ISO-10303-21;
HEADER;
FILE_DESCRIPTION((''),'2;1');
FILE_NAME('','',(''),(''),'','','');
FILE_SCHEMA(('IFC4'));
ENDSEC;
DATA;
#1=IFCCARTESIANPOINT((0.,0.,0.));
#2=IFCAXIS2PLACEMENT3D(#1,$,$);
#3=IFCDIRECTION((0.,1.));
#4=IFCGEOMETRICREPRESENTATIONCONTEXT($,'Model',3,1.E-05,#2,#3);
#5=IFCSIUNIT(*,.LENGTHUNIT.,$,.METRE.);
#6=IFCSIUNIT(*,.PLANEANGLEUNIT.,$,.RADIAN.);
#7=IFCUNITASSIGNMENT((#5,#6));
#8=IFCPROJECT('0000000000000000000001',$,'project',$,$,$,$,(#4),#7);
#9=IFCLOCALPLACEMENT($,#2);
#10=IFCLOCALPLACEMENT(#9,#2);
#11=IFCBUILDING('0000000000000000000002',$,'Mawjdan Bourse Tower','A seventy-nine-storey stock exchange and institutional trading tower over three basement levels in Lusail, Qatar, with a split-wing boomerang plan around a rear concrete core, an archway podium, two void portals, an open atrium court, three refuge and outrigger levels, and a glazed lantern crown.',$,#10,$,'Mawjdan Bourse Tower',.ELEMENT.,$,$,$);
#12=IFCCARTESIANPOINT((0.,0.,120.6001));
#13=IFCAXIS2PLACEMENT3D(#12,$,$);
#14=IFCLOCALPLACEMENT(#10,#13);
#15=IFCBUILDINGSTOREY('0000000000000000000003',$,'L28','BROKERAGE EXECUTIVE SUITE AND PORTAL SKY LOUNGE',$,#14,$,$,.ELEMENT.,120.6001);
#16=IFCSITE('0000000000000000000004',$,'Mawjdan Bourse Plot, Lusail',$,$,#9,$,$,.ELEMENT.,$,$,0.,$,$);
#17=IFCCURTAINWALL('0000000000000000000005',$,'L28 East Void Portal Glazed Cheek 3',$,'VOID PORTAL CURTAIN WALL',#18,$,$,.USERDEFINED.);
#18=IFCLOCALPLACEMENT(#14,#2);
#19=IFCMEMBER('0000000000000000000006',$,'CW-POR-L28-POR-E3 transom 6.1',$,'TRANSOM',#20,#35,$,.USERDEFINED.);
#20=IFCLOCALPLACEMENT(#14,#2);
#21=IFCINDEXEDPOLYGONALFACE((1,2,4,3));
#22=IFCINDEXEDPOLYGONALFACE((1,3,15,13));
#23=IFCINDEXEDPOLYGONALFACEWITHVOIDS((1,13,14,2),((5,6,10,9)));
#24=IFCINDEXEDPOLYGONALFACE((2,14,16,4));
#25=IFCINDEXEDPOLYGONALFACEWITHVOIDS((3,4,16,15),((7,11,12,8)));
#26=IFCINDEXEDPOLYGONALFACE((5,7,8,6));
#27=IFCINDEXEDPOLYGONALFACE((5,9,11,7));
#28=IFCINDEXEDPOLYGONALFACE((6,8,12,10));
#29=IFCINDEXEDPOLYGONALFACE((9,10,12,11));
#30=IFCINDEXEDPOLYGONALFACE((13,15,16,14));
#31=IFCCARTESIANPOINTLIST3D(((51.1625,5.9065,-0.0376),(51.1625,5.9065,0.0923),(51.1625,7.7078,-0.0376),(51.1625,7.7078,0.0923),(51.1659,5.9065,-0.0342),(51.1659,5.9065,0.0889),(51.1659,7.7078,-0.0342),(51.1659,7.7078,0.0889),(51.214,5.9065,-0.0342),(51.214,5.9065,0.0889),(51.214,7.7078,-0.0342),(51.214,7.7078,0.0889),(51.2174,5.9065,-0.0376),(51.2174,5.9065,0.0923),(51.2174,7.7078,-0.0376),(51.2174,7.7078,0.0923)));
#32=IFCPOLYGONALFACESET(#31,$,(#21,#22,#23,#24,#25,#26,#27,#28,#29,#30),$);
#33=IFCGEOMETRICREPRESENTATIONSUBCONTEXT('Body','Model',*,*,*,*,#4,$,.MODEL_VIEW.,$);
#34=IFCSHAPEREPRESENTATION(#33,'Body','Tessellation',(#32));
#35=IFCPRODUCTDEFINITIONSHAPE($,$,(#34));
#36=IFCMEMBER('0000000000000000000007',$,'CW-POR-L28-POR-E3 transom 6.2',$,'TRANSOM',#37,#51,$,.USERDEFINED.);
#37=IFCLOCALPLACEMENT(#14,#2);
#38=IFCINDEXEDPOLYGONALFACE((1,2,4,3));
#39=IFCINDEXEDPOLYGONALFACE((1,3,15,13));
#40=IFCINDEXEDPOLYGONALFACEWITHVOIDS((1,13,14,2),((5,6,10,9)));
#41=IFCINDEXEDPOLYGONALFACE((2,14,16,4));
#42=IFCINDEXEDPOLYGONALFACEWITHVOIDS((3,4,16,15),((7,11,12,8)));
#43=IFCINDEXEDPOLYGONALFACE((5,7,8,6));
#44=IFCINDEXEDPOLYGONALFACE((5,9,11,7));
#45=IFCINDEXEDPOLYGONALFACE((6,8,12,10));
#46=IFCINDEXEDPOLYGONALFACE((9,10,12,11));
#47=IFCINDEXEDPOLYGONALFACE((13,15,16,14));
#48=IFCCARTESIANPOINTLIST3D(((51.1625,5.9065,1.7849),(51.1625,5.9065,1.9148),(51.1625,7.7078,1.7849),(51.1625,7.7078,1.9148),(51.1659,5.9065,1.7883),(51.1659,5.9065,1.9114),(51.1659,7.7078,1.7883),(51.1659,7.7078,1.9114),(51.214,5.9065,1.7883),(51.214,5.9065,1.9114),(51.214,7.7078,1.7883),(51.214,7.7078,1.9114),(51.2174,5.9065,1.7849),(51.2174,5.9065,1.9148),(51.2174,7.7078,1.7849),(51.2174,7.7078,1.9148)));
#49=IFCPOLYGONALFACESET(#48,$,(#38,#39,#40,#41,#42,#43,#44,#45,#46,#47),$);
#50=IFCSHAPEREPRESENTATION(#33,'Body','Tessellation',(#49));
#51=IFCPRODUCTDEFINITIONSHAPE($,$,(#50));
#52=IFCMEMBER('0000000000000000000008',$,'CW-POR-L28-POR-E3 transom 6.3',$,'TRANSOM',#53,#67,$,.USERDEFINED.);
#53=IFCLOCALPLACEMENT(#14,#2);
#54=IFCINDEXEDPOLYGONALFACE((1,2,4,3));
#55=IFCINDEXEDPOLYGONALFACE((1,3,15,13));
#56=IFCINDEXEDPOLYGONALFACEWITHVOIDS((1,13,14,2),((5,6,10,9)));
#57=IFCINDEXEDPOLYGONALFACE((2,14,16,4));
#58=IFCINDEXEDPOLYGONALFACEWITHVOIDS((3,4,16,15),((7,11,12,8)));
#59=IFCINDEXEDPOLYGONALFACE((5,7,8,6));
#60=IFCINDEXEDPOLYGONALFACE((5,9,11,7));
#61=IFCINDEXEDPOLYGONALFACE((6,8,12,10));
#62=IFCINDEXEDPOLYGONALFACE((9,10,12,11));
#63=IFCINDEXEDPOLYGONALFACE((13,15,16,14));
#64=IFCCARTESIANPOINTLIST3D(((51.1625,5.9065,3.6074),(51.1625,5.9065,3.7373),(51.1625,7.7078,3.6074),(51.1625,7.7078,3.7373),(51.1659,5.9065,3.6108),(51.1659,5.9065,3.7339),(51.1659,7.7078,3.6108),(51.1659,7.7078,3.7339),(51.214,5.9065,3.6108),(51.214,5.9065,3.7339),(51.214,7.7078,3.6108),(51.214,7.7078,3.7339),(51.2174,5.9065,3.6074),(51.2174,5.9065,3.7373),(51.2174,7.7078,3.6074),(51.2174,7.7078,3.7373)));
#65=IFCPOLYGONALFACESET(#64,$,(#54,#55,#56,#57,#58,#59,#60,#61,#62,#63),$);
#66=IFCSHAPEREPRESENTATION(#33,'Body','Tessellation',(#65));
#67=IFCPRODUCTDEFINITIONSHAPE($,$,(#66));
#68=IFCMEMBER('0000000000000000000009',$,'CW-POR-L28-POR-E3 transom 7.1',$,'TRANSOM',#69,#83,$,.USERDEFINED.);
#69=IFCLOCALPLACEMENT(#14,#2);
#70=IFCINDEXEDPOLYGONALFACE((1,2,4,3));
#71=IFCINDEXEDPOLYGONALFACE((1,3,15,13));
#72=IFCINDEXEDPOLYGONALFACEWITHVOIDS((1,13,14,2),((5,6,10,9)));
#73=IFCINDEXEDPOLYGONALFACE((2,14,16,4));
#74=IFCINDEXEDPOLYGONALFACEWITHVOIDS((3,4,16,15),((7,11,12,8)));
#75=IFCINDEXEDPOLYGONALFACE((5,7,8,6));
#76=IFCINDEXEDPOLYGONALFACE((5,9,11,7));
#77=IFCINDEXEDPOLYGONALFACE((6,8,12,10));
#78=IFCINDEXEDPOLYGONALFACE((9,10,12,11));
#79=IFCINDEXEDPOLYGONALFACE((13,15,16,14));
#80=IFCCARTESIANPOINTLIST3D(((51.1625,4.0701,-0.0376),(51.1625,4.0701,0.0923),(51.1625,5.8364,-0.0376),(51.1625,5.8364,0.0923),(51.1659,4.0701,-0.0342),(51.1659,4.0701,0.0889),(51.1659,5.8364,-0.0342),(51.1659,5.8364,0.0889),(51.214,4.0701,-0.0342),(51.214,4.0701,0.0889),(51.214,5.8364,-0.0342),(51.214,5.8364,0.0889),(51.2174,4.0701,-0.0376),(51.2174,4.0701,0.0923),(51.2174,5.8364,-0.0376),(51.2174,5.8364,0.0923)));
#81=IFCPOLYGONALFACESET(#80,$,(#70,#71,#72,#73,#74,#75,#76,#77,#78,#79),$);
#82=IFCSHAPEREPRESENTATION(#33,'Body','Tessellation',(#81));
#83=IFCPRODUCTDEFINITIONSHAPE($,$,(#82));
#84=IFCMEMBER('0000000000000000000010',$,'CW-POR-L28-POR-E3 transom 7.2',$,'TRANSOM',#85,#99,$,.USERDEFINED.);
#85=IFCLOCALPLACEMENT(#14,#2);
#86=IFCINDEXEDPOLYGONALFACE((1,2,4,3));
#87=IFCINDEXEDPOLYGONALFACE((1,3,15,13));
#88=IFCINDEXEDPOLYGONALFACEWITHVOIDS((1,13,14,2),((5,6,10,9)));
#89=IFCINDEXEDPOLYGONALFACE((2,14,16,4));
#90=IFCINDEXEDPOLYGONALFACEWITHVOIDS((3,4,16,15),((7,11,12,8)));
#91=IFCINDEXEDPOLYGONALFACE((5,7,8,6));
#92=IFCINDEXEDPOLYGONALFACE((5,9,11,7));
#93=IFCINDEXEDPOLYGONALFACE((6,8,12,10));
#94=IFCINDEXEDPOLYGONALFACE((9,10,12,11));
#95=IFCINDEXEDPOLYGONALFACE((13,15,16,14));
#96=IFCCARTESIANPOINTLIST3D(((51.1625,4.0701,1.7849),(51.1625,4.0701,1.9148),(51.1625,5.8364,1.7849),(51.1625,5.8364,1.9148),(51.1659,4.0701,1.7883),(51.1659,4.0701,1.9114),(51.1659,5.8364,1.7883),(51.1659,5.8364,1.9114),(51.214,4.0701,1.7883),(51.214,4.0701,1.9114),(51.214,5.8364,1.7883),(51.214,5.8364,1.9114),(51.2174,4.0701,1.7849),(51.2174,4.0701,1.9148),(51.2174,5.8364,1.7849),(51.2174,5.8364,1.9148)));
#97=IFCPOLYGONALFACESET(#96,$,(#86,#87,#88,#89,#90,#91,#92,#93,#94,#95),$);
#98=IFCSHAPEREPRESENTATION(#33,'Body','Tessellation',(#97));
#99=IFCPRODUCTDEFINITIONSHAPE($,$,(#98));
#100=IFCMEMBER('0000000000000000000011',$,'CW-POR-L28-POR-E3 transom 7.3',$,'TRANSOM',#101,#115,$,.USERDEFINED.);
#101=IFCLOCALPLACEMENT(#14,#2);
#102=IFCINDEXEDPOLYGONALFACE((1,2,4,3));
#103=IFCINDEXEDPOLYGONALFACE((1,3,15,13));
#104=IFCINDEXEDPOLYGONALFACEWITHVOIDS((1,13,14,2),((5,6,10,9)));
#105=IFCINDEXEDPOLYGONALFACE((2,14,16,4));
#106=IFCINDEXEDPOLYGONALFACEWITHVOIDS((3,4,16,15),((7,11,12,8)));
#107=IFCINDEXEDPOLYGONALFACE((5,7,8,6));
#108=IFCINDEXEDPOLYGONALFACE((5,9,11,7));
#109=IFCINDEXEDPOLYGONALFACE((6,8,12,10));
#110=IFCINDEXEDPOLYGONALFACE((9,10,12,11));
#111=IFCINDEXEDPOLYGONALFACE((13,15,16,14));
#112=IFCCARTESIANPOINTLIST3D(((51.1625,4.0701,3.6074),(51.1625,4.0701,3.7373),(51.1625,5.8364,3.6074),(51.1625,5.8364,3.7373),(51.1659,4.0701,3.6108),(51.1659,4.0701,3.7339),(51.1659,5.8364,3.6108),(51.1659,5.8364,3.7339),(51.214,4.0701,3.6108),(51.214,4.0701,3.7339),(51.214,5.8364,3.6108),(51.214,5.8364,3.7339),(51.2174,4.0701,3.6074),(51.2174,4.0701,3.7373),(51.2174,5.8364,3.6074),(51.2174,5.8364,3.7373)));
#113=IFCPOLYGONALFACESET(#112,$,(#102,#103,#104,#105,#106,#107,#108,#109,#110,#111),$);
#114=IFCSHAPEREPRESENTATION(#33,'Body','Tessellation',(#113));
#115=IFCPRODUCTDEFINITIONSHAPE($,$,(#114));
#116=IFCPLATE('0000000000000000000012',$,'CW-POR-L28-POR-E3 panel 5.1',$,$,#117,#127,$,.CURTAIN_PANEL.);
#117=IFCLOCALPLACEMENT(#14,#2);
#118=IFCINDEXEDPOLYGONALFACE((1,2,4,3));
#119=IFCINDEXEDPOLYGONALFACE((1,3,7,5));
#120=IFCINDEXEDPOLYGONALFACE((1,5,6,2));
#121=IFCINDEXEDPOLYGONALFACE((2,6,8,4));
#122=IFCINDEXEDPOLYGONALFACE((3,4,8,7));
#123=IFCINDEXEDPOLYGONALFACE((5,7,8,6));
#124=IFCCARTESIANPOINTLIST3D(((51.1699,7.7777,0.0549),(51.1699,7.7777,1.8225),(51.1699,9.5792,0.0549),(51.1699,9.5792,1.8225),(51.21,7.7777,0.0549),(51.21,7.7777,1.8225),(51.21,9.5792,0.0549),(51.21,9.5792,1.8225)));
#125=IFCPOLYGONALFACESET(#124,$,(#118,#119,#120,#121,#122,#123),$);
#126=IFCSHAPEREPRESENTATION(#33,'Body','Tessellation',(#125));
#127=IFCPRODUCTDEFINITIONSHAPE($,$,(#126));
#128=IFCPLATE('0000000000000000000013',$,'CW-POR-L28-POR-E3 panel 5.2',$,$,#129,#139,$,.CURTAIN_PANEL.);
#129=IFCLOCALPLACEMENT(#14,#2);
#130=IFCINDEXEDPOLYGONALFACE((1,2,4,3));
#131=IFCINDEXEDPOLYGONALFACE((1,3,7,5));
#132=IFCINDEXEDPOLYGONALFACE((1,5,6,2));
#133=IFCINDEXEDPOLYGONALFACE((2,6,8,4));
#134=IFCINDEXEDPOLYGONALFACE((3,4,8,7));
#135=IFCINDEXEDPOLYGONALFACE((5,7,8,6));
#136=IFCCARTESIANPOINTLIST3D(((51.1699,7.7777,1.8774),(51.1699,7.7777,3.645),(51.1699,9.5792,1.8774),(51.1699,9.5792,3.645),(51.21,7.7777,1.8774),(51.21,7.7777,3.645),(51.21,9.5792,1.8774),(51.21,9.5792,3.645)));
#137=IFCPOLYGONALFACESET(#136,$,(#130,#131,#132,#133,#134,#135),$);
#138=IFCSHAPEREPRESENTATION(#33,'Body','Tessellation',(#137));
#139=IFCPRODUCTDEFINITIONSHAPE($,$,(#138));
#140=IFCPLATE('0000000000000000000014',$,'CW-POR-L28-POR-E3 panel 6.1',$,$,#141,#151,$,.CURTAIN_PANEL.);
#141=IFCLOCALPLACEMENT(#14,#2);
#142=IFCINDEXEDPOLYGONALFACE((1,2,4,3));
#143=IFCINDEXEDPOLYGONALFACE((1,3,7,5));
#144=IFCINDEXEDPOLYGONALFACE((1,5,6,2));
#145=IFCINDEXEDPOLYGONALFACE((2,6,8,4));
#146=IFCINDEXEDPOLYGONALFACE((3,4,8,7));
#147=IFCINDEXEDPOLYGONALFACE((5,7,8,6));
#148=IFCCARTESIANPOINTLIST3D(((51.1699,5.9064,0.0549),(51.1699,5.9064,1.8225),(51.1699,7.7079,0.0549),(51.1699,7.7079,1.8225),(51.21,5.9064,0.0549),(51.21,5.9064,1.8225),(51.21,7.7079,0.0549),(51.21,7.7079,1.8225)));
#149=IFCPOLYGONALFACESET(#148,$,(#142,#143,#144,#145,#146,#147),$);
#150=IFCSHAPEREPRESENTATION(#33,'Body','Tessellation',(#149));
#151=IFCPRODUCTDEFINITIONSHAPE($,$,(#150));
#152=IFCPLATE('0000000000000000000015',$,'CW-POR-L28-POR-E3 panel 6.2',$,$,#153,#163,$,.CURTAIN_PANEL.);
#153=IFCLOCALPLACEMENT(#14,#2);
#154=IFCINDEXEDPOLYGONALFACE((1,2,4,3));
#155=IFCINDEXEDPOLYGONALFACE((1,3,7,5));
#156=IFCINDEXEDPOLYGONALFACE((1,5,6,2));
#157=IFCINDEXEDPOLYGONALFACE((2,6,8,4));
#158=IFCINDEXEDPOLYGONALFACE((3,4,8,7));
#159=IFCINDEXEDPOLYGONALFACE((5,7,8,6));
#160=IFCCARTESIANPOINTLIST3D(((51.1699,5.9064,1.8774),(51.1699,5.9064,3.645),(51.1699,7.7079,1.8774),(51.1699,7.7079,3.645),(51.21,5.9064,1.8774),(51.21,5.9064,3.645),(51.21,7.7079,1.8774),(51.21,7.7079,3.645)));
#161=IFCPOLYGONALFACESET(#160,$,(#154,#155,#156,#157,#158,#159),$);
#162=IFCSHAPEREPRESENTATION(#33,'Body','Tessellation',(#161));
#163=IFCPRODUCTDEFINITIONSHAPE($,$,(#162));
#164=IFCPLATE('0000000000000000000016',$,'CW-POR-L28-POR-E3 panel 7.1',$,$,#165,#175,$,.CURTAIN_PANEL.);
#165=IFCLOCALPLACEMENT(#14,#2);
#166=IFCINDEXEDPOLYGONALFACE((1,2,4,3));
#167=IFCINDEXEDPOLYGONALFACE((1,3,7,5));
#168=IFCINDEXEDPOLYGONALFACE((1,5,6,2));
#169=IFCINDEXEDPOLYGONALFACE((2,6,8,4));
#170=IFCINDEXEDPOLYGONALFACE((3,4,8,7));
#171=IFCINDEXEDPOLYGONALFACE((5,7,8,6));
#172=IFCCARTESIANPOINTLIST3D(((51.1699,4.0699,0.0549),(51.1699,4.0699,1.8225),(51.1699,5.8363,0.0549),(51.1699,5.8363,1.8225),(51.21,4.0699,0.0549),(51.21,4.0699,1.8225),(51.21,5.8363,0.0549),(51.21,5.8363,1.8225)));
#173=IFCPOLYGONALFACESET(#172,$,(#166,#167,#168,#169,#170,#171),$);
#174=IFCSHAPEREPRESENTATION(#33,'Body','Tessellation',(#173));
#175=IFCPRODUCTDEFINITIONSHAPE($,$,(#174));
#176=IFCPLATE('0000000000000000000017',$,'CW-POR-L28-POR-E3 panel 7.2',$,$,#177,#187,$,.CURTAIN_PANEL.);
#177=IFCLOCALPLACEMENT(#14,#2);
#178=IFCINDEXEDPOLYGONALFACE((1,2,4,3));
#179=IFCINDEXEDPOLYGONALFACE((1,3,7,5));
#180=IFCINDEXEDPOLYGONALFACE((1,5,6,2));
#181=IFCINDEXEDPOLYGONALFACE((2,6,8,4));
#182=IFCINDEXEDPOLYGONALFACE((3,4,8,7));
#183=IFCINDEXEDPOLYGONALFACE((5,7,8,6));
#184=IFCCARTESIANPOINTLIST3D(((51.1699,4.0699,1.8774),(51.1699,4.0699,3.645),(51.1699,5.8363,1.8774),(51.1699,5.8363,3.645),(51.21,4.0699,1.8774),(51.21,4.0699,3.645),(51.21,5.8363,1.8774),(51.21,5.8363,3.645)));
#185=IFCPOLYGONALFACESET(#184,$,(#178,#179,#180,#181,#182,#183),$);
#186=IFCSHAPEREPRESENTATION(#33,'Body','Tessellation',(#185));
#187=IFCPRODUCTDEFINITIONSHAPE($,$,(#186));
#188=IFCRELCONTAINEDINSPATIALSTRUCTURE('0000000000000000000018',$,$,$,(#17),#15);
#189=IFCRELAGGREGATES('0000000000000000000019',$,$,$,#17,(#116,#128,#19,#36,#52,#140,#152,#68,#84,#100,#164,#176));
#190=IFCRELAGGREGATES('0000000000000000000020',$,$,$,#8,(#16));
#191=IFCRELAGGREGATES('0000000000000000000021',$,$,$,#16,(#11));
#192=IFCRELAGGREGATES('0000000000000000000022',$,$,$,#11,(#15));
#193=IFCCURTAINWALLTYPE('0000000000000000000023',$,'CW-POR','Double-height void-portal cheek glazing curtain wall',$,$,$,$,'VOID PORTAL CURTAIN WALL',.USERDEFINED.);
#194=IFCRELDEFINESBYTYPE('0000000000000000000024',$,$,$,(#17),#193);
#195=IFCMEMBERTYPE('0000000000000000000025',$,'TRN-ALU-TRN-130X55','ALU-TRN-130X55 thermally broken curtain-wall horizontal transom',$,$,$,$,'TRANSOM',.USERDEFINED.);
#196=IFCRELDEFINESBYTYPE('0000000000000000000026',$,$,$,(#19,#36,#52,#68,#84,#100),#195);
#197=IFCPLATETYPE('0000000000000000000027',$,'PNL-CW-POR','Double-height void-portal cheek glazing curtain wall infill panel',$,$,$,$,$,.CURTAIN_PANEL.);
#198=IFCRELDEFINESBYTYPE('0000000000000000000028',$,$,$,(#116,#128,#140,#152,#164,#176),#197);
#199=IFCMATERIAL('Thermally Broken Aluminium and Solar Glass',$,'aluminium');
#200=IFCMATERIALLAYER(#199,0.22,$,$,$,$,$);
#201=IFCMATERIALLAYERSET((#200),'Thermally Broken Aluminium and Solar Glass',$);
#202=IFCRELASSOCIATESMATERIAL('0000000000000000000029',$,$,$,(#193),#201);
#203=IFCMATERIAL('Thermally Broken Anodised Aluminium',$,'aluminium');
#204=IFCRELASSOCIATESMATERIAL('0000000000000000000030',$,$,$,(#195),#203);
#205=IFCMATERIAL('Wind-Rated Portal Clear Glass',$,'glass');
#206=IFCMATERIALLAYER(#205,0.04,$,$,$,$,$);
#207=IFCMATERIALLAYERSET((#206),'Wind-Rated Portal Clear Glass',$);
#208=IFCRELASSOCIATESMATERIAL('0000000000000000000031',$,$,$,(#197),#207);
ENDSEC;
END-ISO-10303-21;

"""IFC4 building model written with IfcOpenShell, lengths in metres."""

from ifc_helpers import new_model, si_unit, direction, frame, origin, origin_2d, place, context, subcontext, project, spatial, rectangle, hollow_rectangle, extrude, material, layer, layer_set, material_profile, profile_set, type_object, element, aggregate, save


model = new_model("IFC4")

# Units and contexts
model_context = context("Model", 3, precision=1e-05, world=origin(), true_north=direction((0.0, 1.0)))
body_context = subcontext(model_context, "Body", "Model", "MODEL_VIEW")
ifc_project = project(units=[si_unit("LENGTHUNIT", "METRE"), si_unit("PLANEANGLEUNIT", "RADIAN")], contexts=[model_context])

# Site, building, storey
site_placement = place(None, origin())
site = spatial("IfcSite", under=ifc_project, at=site_placement, Name="Mawjdan Bourse Plot, Lusail", CompositionType="ELEMENT", RefElevation=0.0)
building_placement = place(site_placement, origin())
building = spatial("IfcBuilding", under=site, at=building_placement, Name="Mawjdan Bourse Tower", Description="A seventy-nine-storey stock exchange and institutional trading tower over three basement levels in Lusail, Qatar, with a split-wing boomerang plan around a rear concrete core, an archway podium, two void portals, an open atrium court, three refuge and outrigger levels, and a glazed lantern crown.", LongName="Mawjdan Bourse Tower", CompositionType="ELEMENT")
storey_placement = place(building_placement, frame((0.0, 0.0, 120.6001)))
storey = spatial("IfcBuildingStorey", under=building, at=storey_placement, Name="L28", Description="BROKERAGE EXECUTIVE SUITE AND PORTAL SKY LOUNGE", CompositionType="ELEMENT", Elevation=120.6001)

# Curtain wall, members, plates
ifc_material_1 = material(Name="Thermally Broken Aluminium and Solar Glass", Category="aluminium")
ifc_layer_1 = layer(ifc_material_1, 0.22)
ifc_layer_set_1 = layer_set([ifc_layer_1], Name="Thermally Broken Aluminium and Solar Glass")
curtain_wall_type = type_object("IfcCurtainWallType", Name="CW-POR", Description="Double-height void-portal cheek glazing curtain wall", ElementType="VOID PORTAL CURTAIN WALL", PredefinedType="USERDEFINED", material=ifc_layer_set_1)
curtain_wall_placement = place(storey_placement, origin())
curtain_wall = element("IfcCurtainWall", 1, at=curtain_wall_placement, inside=storey, type_object=curtain_wall_type, Name="L28 East Void Portal Glazed Cheek 3", ObjectType="VOID PORTAL CURTAIN WALL", PredefinedType="USERDEFINED")
ifc_material_2 = material(Name="Thermally Broken Anodised Aluminium", Category="aluminium")
ifc_material_profile_1 = material_profile(ifc_material_2, hollow_rectangle(XDim=0.0549, YDim=0.1299, WallThickness=0.0034, at=origin_2d()), Name="ALU-TRN-130X55")
ifc_profile_set_1 = profile_set([ifc_material_profile_1], Name="Thermally Broken Anodised Aluminium")
member_type_1 = type_object("IfcMemberType", Name="TRN-ALU-TRN-130X55", Description="ALU-TRN-130X55 thermally broken curtain-wall horizontal transom", ElementType="TRANSOM", PredefinedType="USERDEFINED", material=ifc_profile_set_1)
member_1_placement = place(storey_placement, frame((51.1899, 7.7078, 0.0273), z_axis=(0.0, -1.0, 0.0), x_axis=(1.0, 0.0, 0.0)))
member_1 = element("IfcMember", 2, at=member_1_placement, type_object=member_type_1, Name="CW-POR-L28-POR-E3 transom 6.1", ObjectType="TRANSOM", PredefinedType="USERDEFINED", context=body_context, shape_type="SweptSolid", body=[
    extrude(hollow_rectangle(XDim=0.0549, YDim=0.1299, WallThickness=0.0034, at=origin_2d()), origin(), (0.0, 0.0, 1.0), 1.8013),
])
member_2_placement = place(storey_placement, frame((51.1899, 7.7078, 1.8499), z_axis=(0.0, -1.0, 0.0), x_axis=(1.0, 0.0, 0.0)))
member_2 = element("IfcMember", 3, at=member_2_placement, type_object=member_type_1, Name="CW-POR-L28-POR-E3 transom 6.2", ObjectType="TRANSOM", PredefinedType="USERDEFINED", context=body_context, shape_type="SweptSolid", body=[
    extrude(hollow_rectangle(XDim=0.0549, YDim=0.1299, WallThickness=0.0034, at=origin_2d()), origin(), (0.0, 0.0, 1.0), 1.8013),
])
member_3_placement = place(storey_placement, frame((51.1899, 7.7078, 3.6724), z_axis=(0.0, -1.0, 0.0), x_axis=(1.0, 0.0, 0.0)))
member_3 = element("IfcMember", 4, at=member_3_placement, type_object=member_type_1, Name="CW-POR-L28-POR-E3 transom 6.3", ObjectType="TRANSOM", PredefinedType="USERDEFINED", context=body_context, shape_type="SweptSolid", body=[
    extrude(hollow_rectangle(XDim=0.0549, YDim=0.1299, WallThickness=0.0034, at=origin_2d()), origin(), (0.0, 0.0, 1.0), 1.8013),
])
member_4_placement = place(storey_placement, frame((51.1899, 5.8364, 0.0273), z_axis=(0.0, -1.0, 0.0), x_axis=(1.0, 0.0, 0.0)))
member_4 = element("IfcMember", 5, at=member_4_placement, type_object=member_type_1, Name="CW-POR-L28-POR-E3 transom 7.1", ObjectType="TRANSOM", PredefinedType="USERDEFINED", context=body_context, shape_type="SweptSolid", body=[
    extrude(hollow_rectangle(XDim=0.0549, YDim=0.1299, WallThickness=0.0034, at=origin_2d()), origin(), (0.0, 0.0, 1.0), 1.7664),
])
member_5_placement = place(storey_placement, frame((51.1899, 5.8364, 1.8499), z_axis=(0.0, -1.0, 0.0), x_axis=(1.0, 0.0, 0.0)))
member_5 = element("IfcMember", 6, at=member_5_placement, type_object=member_type_1, Name="CW-POR-L28-POR-E3 transom 7.2", ObjectType="TRANSOM", PredefinedType="USERDEFINED", context=body_context, shape_type="SweptSolid", body=[
    extrude(hollow_rectangle(XDim=0.0549, YDim=0.1299, WallThickness=0.0034, at=origin_2d()), origin(), (0.0, 0.0, 1.0), 1.7664),
])
member_6_placement = place(storey_placement, frame((51.1899, 5.8364, 3.6724), z_axis=(0.0, -1.0, 0.0), x_axis=(1.0, 0.0, 0.0)))
member_6 = element("IfcMember", 7, at=member_6_placement, type_object=member_type_1, Name="CW-POR-L28-POR-E3 transom 7.3", ObjectType="TRANSOM", PredefinedType="USERDEFINED", context=body_context, shape_type="SweptSolid", body=[
    extrude(hollow_rectangle(XDim=0.0549, YDim=0.1299, WallThickness=0.0034, at=origin_2d()), origin(), (0.0, 0.0, 1.0), 1.7664),
])
ifc_material_3 = material(Name="Wind-Rated Portal Clear Glass", Category="glass")
ifc_layer_2 = layer(ifc_material_3, 0.04)
ifc_layer_set_2 = layer_set([ifc_layer_2], Name="Wind-Rated Portal Clear Glass")
plate_type = type_object("IfcPlateType", Name="PNL-CW-POR", Description="Double-height void-portal cheek glazing curtain wall infill panel", PredefinedType="CURTAIN_PANEL", material=ifc_layer_set_2)
plate_1_placement = place(storey_placement, frame((51.1899, 8.6785, 0.0549), z_axis=(0.0, 0.0, 1.0), x_axis=(0.0, -1.0, 0.0)))
plate_1 = element("IfcPlate", 8, at=plate_1_placement, type_object=plate_type, Name="CW-POR-L28-POR-E3 panel 5.1", PredefinedType="CURTAIN_PANEL", context=body_context, shape_type="SweptSolid", body=[
    extrude(rectangle(XDim=1.8015, YDim=0.04, at=origin_2d()), origin(), (0.0, 0.0, 1.0), 1.7676),
])
plate_2_placement = place(storey_placement, frame((51.1899, 8.6785, 1.8774), z_axis=(0.0, 0.0, 1.0), x_axis=(0.0, -1.0, 0.0)))
plate_2 = element("IfcPlate", 9, at=plate_2_placement, type_object=plate_type, Name="CW-POR-L28-POR-E3 panel 5.2", PredefinedType="CURTAIN_PANEL", context=body_context, shape_type="SweptSolid", body=[
    extrude(rectangle(XDim=1.8015, YDim=0.04, at=origin_2d()), origin(), (0.0, 0.0, 1.0), 1.7676),
])
plate_3_placement = place(storey_placement, frame((51.1899, 6.8071, 0.0549), z_axis=(0.0, 0.0, 1.0), x_axis=(0.0, -1.0, 0.0)))
plate_3 = element("IfcPlate", 10, at=plate_3_placement, type_object=plate_type, Name="CW-POR-L28-POR-E3 panel 6.1", PredefinedType="CURTAIN_PANEL", context=body_context, shape_type="SweptSolid", body=[
    extrude(rectangle(XDim=1.8015, YDim=0.04, at=origin_2d()), origin(), (0.0, 0.0, 1.0), 1.7676),
])
plate_4_placement = place(storey_placement, frame((51.1899, 6.8071, 1.8774), z_axis=(0.0, 0.0, 1.0), x_axis=(0.0, -1.0, 0.0)))
plate_4 = element("IfcPlate", 11, at=plate_4_placement, type_object=plate_type, Name="CW-POR-L28-POR-E3 panel 6.2", PredefinedType="CURTAIN_PANEL", context=body_context, shape_type="SweptSolid", body=[
    extrude(rectangle(XDim=1.8015, YDim=0.04, at=origin_2d()), origin(), (0.0, 0.0, 1.0), 1.7676),
])
plate_5_placement = place(storey_placement, frame((51.1899, 4.9531, 0.0549), z_axis=(0.0, 0.0, 1.0), x_axis=(0.0, -1.0, 0.0)))
plate_5 = element("IfcPlate", 12, at=plate_5_placement, type_object=plate_type, Name="CW-POR-L28-POR-E3 panel 7.1", PredefinedType="CURTAIN_PANEL", context=body_context, shape_type="SweptSolid", body=[
    extrude(rectangle(XDim=1.7664, YDim=0.04, at=origin_2d()), origin(), (0.0, 0.0, 1.0), 1.7676),
])
plate_6_placement = place(storey_placement, frame((51.1899, 4.9531, 1.8774), z_axis=(0.0, 0.0, 1.0), x_axis=(0.0, -1.0, 0.0)))
plate_6 = element("IfcPlate", 13, at=plate_6_placement, type_object=plate_type, Name="CW-POR-L28-POR-E3 panel 7.2", PredefinedType="CURTAIN_PANEL", context=body_context, shape_type="SweptSolid", body=[
    extrude(rectangle(XDim=1.7664, YDim=0.04, at=origin_2d()), origin(), (0.0, 0.0, 1.0), 1.7676),
])
aggregate(curtain_wall, [plate_1, plate_2, member_1, member_2, member_3, plate_3, plate_4, member_4, member_5, member_6, plate_5, plate_6])

save(model, "model.ifc")
